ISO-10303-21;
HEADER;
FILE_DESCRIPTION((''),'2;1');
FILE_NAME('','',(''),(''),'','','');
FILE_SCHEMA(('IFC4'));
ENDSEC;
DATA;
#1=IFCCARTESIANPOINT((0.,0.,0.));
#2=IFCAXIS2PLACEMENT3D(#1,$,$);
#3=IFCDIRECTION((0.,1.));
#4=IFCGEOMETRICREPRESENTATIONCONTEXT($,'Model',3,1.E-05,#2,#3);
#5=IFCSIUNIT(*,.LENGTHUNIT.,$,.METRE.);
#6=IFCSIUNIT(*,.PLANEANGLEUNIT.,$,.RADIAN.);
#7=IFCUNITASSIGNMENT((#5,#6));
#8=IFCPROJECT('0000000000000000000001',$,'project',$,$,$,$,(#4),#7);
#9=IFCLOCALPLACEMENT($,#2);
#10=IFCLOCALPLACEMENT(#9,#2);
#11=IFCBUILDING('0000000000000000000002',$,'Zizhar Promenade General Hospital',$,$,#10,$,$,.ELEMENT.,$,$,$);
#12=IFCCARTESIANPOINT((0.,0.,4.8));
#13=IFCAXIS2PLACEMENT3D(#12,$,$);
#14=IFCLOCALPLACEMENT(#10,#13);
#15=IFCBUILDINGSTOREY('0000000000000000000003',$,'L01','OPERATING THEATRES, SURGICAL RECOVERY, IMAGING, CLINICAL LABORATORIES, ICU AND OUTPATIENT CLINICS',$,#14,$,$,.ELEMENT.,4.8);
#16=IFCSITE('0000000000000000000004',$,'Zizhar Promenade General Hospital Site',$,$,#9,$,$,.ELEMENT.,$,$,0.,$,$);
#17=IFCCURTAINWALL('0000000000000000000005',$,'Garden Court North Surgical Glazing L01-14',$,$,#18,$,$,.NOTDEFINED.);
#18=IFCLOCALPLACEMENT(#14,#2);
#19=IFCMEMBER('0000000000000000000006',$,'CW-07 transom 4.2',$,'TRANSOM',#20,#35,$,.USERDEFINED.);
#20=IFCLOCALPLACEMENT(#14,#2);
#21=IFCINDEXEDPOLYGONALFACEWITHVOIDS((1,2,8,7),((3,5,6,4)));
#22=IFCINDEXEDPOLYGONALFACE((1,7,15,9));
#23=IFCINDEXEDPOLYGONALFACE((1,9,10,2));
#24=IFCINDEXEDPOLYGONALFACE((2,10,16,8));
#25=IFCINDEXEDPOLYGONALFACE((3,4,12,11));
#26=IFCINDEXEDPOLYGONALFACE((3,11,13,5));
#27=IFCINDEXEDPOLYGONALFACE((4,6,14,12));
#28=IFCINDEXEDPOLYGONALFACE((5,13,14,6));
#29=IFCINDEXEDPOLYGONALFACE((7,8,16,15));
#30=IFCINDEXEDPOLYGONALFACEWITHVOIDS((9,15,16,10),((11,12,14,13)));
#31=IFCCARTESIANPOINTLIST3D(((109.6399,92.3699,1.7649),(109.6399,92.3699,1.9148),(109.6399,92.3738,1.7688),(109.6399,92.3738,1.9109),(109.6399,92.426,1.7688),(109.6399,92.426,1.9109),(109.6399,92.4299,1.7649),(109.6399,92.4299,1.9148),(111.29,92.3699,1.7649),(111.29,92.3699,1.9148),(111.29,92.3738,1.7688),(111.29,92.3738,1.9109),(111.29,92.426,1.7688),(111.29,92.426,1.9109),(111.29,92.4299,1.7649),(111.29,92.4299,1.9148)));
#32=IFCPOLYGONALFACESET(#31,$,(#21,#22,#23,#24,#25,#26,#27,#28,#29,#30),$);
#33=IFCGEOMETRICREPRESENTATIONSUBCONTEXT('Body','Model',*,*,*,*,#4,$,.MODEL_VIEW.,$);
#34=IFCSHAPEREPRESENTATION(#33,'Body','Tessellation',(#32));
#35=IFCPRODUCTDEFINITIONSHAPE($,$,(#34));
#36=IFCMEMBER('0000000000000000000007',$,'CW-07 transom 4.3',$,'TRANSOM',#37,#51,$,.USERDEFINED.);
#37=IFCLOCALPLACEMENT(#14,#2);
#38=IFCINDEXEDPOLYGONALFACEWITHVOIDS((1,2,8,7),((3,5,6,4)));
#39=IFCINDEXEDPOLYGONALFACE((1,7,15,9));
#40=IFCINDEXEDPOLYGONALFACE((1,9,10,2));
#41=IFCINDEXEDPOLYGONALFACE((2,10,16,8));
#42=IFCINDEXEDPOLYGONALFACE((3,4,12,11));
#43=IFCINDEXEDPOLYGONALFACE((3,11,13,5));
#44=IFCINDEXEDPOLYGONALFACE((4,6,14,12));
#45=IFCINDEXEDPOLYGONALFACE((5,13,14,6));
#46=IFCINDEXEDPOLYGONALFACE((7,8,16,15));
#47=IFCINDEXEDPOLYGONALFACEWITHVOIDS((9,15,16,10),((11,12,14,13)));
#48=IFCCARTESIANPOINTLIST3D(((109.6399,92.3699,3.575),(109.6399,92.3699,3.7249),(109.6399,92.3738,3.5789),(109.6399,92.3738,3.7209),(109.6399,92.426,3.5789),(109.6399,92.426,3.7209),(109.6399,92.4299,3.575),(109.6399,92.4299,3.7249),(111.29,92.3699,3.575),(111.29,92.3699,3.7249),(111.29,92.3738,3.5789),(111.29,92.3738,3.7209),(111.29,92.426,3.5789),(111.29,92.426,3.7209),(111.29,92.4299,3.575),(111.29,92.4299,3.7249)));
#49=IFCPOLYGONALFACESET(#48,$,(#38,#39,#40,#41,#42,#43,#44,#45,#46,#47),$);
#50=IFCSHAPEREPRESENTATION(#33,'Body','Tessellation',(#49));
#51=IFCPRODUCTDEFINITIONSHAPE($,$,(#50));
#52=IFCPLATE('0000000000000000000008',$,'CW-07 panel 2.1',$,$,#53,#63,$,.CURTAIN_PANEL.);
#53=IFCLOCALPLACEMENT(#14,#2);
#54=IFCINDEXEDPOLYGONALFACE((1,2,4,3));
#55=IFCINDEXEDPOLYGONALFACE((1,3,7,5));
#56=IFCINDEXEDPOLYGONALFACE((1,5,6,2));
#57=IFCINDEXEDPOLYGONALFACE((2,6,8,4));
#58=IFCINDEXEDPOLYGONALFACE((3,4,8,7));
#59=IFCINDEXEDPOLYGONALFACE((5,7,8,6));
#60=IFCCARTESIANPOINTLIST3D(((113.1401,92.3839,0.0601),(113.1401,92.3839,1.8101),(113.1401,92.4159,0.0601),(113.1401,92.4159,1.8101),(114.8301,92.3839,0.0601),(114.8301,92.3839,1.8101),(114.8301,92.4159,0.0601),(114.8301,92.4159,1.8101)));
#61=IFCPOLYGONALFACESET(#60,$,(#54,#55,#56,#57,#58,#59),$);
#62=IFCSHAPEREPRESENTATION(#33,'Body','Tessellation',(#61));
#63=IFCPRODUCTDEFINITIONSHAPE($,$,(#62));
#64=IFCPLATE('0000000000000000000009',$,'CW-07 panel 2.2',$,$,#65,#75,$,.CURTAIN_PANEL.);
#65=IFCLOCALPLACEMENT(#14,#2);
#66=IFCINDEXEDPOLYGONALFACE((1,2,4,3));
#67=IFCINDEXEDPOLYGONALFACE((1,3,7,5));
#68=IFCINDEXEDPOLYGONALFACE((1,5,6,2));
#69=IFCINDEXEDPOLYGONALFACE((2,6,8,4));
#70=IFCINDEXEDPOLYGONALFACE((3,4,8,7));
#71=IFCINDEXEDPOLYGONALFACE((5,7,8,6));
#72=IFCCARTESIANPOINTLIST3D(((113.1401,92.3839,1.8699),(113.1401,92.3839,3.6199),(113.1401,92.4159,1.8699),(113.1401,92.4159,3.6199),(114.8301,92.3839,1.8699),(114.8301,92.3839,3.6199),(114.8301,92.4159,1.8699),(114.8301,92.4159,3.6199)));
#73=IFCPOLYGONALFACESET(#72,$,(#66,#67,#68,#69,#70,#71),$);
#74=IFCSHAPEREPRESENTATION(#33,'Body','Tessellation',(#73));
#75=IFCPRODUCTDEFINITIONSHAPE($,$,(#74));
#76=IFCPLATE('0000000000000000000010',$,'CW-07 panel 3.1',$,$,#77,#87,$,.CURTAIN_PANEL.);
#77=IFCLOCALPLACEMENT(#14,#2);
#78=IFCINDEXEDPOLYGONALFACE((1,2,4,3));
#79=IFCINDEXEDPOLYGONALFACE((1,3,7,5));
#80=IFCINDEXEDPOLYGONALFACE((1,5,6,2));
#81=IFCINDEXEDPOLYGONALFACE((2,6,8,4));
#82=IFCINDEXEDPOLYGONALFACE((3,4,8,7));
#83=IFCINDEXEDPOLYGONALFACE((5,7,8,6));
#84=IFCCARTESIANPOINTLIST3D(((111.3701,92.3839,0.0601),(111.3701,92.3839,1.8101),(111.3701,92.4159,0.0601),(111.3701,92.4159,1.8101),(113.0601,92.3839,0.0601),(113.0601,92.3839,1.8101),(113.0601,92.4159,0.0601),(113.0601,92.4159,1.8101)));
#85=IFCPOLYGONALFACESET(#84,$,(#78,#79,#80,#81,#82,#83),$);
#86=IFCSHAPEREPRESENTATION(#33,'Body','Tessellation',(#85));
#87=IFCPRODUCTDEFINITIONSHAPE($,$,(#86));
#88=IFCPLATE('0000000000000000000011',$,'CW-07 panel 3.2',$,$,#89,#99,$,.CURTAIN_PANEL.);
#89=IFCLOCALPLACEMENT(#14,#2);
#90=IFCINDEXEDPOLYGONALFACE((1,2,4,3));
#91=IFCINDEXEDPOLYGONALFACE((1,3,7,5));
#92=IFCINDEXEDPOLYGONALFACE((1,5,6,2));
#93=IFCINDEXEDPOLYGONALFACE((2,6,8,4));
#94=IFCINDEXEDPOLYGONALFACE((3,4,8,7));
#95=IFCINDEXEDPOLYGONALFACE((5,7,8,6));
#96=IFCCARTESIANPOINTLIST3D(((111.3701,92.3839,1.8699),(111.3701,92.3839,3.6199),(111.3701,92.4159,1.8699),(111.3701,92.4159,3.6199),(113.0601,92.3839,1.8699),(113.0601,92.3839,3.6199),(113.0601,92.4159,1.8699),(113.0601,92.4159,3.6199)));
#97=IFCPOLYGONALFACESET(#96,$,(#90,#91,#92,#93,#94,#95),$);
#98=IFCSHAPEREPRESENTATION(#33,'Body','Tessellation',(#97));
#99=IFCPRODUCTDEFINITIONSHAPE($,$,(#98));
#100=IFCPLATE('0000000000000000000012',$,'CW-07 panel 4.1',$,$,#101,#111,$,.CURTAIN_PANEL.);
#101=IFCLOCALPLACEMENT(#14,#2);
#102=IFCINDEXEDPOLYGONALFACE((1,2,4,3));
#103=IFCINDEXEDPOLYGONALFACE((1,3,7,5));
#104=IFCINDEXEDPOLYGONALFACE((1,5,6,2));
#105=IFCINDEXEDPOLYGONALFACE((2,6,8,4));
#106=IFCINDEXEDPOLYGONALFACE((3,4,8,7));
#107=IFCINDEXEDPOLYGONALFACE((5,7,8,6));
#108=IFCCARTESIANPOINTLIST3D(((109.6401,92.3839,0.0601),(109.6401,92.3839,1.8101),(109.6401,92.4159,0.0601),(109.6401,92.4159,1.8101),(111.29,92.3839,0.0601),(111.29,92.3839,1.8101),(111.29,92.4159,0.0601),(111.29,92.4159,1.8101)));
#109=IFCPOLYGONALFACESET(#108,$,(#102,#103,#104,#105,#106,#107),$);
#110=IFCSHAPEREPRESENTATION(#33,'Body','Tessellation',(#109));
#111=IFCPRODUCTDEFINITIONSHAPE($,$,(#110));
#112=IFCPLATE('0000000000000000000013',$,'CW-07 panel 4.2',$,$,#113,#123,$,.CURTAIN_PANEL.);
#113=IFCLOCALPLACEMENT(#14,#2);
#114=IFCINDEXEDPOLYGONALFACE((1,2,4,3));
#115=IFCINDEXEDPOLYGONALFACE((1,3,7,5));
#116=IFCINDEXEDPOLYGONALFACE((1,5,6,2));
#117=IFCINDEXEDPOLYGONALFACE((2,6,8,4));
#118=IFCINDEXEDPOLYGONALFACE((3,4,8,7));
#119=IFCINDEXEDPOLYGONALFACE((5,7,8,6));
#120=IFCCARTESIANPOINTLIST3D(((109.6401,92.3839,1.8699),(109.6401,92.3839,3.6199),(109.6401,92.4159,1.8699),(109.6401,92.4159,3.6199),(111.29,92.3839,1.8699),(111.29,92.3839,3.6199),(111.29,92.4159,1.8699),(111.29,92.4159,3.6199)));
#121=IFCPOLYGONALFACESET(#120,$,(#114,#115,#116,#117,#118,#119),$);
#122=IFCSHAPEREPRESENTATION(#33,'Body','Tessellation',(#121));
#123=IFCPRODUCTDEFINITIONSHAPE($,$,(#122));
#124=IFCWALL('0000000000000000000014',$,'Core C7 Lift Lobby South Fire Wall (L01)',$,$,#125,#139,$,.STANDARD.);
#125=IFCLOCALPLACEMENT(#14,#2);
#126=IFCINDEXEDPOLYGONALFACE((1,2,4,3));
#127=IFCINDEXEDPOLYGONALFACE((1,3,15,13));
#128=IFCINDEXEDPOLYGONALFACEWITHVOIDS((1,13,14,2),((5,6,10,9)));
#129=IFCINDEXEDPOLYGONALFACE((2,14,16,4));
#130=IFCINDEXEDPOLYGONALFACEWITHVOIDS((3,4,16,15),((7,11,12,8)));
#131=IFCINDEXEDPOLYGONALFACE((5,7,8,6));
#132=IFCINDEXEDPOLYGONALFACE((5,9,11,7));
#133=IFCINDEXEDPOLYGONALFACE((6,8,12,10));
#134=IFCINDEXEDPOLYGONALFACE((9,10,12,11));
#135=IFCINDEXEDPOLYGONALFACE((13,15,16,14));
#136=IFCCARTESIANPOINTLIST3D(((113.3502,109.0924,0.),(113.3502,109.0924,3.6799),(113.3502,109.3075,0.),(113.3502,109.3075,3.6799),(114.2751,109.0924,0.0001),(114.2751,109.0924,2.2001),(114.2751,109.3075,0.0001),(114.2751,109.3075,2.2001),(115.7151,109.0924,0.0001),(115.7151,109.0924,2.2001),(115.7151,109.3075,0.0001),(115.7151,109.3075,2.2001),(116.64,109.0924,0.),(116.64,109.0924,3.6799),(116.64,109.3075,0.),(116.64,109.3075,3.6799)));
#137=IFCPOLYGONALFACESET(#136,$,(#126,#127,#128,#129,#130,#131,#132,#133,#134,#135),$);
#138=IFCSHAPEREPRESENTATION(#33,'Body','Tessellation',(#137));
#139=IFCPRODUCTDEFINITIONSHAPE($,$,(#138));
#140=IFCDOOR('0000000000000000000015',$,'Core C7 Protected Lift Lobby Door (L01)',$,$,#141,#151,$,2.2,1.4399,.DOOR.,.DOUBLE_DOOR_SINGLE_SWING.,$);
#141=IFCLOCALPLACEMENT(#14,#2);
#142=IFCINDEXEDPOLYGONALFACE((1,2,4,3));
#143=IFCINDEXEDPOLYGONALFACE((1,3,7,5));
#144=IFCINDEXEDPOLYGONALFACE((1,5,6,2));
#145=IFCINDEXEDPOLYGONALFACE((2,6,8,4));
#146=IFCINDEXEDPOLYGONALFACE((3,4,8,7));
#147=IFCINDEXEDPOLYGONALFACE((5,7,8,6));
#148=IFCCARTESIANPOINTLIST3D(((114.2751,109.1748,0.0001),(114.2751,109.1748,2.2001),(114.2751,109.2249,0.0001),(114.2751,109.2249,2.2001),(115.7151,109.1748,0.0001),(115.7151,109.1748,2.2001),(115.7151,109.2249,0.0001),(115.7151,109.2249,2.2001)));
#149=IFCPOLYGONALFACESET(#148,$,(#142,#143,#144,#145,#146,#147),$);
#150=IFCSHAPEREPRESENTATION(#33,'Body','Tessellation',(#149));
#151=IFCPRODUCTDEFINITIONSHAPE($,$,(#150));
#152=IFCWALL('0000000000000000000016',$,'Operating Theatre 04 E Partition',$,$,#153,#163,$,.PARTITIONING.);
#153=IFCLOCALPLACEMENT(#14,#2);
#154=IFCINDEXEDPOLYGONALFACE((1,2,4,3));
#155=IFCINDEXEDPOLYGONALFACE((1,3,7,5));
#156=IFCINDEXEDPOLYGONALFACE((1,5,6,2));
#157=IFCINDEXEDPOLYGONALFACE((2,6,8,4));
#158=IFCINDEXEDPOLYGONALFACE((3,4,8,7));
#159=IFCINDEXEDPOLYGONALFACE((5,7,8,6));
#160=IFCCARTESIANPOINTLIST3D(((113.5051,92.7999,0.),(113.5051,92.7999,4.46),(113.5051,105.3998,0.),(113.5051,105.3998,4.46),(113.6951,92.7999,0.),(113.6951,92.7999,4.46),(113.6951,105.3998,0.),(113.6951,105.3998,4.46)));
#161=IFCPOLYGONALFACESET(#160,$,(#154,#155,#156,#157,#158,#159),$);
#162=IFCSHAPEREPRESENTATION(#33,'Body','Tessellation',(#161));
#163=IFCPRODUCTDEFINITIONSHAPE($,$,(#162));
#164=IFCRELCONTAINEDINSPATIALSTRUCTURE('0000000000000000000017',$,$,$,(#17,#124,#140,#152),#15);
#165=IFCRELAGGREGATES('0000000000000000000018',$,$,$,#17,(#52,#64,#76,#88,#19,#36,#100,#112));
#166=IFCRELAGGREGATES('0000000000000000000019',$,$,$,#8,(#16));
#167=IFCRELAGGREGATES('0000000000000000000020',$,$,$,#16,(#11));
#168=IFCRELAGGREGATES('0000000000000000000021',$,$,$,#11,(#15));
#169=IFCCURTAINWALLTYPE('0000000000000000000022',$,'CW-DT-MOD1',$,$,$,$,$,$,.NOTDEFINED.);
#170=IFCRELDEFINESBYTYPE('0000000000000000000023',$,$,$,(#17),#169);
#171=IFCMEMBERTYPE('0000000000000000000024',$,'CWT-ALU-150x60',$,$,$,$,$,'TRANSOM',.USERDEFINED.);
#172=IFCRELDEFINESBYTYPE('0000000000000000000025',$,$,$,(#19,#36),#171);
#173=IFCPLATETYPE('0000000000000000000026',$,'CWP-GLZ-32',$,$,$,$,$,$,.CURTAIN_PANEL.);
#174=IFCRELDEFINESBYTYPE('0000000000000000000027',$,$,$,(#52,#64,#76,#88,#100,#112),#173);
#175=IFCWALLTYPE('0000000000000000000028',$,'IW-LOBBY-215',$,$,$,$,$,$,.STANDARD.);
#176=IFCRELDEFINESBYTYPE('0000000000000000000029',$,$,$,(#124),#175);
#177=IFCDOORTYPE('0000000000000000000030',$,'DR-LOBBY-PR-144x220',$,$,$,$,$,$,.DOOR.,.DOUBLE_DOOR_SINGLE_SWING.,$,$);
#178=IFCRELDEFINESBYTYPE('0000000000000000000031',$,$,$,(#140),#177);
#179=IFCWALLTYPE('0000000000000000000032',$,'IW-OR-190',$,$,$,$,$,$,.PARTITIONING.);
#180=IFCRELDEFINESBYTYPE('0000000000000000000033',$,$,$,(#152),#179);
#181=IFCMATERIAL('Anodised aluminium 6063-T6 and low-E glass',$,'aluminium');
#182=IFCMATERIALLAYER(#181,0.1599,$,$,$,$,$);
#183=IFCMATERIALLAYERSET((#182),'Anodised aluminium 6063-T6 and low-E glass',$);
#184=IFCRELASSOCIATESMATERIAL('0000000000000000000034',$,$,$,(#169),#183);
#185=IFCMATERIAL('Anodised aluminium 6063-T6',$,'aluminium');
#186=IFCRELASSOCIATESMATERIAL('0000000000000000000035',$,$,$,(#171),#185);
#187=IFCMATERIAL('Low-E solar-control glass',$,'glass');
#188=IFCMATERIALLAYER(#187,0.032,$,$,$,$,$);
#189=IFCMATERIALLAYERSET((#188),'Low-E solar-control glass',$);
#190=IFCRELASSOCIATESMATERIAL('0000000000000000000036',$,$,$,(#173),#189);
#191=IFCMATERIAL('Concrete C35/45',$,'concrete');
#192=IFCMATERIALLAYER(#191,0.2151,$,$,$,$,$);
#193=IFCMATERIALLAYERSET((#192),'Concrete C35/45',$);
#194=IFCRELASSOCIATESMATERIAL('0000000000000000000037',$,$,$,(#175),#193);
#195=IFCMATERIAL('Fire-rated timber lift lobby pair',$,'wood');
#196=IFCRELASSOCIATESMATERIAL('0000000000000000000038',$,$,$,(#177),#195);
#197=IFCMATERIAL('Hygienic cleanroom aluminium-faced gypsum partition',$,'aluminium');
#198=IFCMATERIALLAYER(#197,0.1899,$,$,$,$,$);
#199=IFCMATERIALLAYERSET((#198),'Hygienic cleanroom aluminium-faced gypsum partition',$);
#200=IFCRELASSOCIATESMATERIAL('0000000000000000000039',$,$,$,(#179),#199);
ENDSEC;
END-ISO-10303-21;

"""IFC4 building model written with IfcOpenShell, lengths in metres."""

from ifc_helpers import new_model, si_unit, direction, frame, frame_2d, origin, origin_2d, place, context, subcontext, project, spatial, rectangle, hollow_rectangle, extrude, material, layer, layer_set, material_profile, profile_set, type_object, element, fill, aggregate, save


model = new_model("IFC4")

# Units and contexts
model_context = context("Model", 3, precision=1e-05, world=origin(), true_north=direction((0.0, 1.0)))
body_context = subcontext(model_context, "Body", "Model", "MODEL_VIEW")
ifc_project = project(units=[si_unit("LENGTHUNIT", "METRE"), si_unit("PLANEANGLEUNIT", "RADIAN")], contexts=[model_context])

# Site, building, storey
site_placement = place(None, origin())
site = spatial("IfcSite", under=ifc_project, at=site_placement, Name="Zizhar Promenade General Hospital Site", CompositionType="ELEMENT", RefElevation=0.0)
building_placement = place(site_placement, origin())
building = spatial("IfcBuilding", under=site, at=building_placement, Name="Zizhar Promenade General Hospital", CompositionType="ELEMENT")
storey_placement = place(building_placement, frame((0.0, 0.0, 4.8)))
storey = spatial("IfcBuildingStorey", under=building, at=storey_placement, Name="L01", Description="OPERATING THEATRES, SURGICAL RECOVERY, IMAGING, CLINICAL LABORATORIES, ICU AND OUTPATIENT CLINICS", CompositionType="ELEMENT", Elevation=4.8)

# Curtain wall, members, plates
ifc_material_1 = material(Name="Anodised aluminium 6063-T6 and low-E glass", Category="aluminium")
ifc_layer_1 = layer(ifc_material_1, 0.1599)
ifc_layer_set_1 = layer_set([ifc_layer_1], Name="Anodised aluminium 6063-T6 and low-E glass")
curtain_wall_type = type_object("IfcCurtainWallType", Name="CW-DT-MOD1", PredefinedType="NOTDEFINED", material=ifc_layer_set_1)
curtain_wall_placement = place(storey_placement, origin())
curtain_wall = element("IfcCurtainWall", 1, at=curtain_wall_placement, inside=storey, type_object=curtain_wall_type, Name="Garden Court North Surgical Glazing L01-14", PredefinedType="NOTDEFINED")
ifc_material_2 = material(Name="Anodised aluminium 6063-T6", Category="aluminium")
ifc_material_profile_1 = material_profile(ifc_material_2, hollow_rectangle(XDim=0.0601, YDim=0.1499, WallThickness=0.0039, at=origin_2d()))
ifc_profile_set_1 = profile_set([ifc_material_profile_1], Name="Anodised aluminium 6063-T6")
member_type_1 = type_object("IfcMemberType", Name="CWT-ALU-150x60", ElementType="TRANSOM", PredefinedType="USERDEFINED", material=ifc_profile_set_1)
member_1_placement = place(storey_placement, frame((111.29, 92.3999, 1.8398), z_axis=(-1.0, 0.0, 0.0), x_axis=(0.0, -1.0, 0.0)))
member_1 = element("IfcMember", 2, at=member_1_placement, type_object=member_type_1, Name="CW-07 transom 4.2", ObjectType="TRANSOM", PredefinedType="USERDEFINED", context=body_context, shape_type="SweptSolid", body=[
    extrude(hollow_rectangle(XDim=0.0601, YDim=0.1499, WallThickness=0.0039, at=origin_2d()), origin(), (0.0, 0.0, 1.0), 1.6501),
])
member_2_placement = place(storey_placement, frame((111.29, 92.3999, 3.6499), z_axis=(-1.0, 0.0, 0.0), x_axis=(0.0, -1.0, 0.0)))
member_2 = element("IfcMember", 3, at=member_2_placement, type_object=member_type_1, Name="CW-07 transom 4.3", ObjectType="TRANSOM", PredefinedType="USERDEFINED", context=body_context, shape_type="SweptSolid", body=[
    extrude(hollow_rectangle(XDim=0.0601, YDim=0.1499, WallThickness=0.0039, at=origin_2d()), origin(), (0.0, 0.0, 1.0), 1.6501),
])
ifc_material_3 = material(Name="Low-E solar-control glass", Category="glass")
ifc_layer_2 = layer(ifc_material_3, 0.032)
ifc_layer_set_2 = layer_set([ifc_layer_2], Name="Low-E solar-control glass")
plate_type = type_object("IfcPlateType", Name="CWP-GLZ-32", PredefinedType="CURTAIN_PANEL", material=ifc_layer_set_2)
plate_1_placement = place(storey_placement, frame((113.9851, 92.3999, 0.0601), z_axis=(0.0, 0.0, 1.0), x_axis=(-1.0, 0.0, 0.0)))
plate_1 = element("IfcPlate", 4, at=plate_1_placement, type_object=plate_type, Name="CW-07 panel 2.1", PredefinedType="CURTAIN_PANEL", context=body_context, shape_type="SweptSolid", body=[
    extrude(rectangle(XDim=1.6899, YDim=0.032, at=origin_2d()), origin(), (0.0, 0.0, 1.0), 1.75),
])
plate_2_placement = place(storey_placement, frame((113.9851, 92.3999, 1.8699), z_axis=(0.0, 0.0, 1.0), x_axis=(-1.0, 0.0, 0.0)))
plate_2 = element("IfcPlate", 5, at=plate_2_placement, type_object=plate_type, Name="CW-07 panel 2.2", PredefinedType="CURTAIN_PANEL", context=body_context, shape_type="SweptSolid", body=[
    extrude(rectangle(XDim=1.6899, YDim=0.032, at=origin_2d()), origin(), (0.0, 0.0, 1.0), 1.75),
])
plate_3_placement = place(storey_placement, frame((112.2151, 92.3999, 0.0601), z_axis=(0.0, 0.0, 1.0), x_axis=(-1.0, 0.0, 0.0)))
plate_3 = element("IfcPlate", 6, at=plate_3_placement, type_object=plate_type, Name="CW-07 panel 3.1", PredefinedType="CURTAIN_PANEL", context=body_context, shape_type="SweptSolid", body=[
    extrude(rectangle(XDim=1.6899, YDim=0.032, at=origin_2d()), origin(), (0.0, 0.0, 1.0), 1.75),
])
plate_4_placement = place(storey_placement, frame((112.2151, 92.3999, 1.8699), z_axis=(0.0, 0.0, 1.0), x_axis=(-1.0, 0.0, 0.0)))
plate_4 = element("IfcPlate", 7, at=plate_4_placement, type_object=plate_type, Name="CW-07 panel 3.2", PredefinedType="CURTAIN_PANEL", context=body_context, shape_type="SweptSolid", body=[
    extrude(rectangle(XDim=1.6899, YDim=0.032, at=origin_2d()), origin(), (0.0, 0.0, 1.0), 1.75),
])
plate_5_placement = place(storey_placement, frame((110.4651, 92.3999, 0.0601), z_axis=(0.0, 0.0, 1.0), x_axis=(-1.0, 0.0, 0.0)))
plate_5 = element("IfcPlate", 8, at=plate_5_placement, type_object=plate_type, Name="CW-07 panel 4.1", PredefinedType="CURTAIN_PANEL", context=body_context, shape_type="SweptSolid", body=[
    extrude(rectangle(XDim=1.6499, YDim=0.032, at=origin_2d()), origin(), (0.0, 0.0, 1.0), 1.75),
])
plate_6_placement = place(storey_placement, frame((110.4651, 92.3999, 1.8699), z_axis=(0.0, 0.0, 1.0), x_axis=(-1.0, 0.0, 0.0)))
plate_6 = element("IfcPlate", 9, at=plate_6_placement, type_object=plate_type, Name="CW-07 panel 4.2", PredefinedType="CURTAIN_PANEL", context=body_context, shape_type="SweptSolid", body=[
    extrude(rectangle(XDim=1.6499, YDim=0.032, at=origin_2d()), origin(), (0.0, 0.0, 1.0), 1.75),
])
aggregate(curtain_wall, [plate_1, plate_2, plate_3, plate_4, member_1, member_2, plate_5, plate_6])

# Wall, opening, door
ifc_material_4 = material(Name="Concrete C35/45", Category="concrete")
ifc_layer_3 = layer(ifc_material_4, 0.2151)
ifc_layer_set_3 = layer_set([ifc_layer_3], Name="Concrete C35/45")
wall_type_1 = type_object("IfcWallType", Name="IW-LOBBY-215", PredefinedType="STANDARD", material=ifc_layer_set_3)
wall_1_placement = place(storey_placement, frame((113.3501, 109.2, 0.0), z_axis=(0.0, 0.0, 1.0), x_axis=(1.0, 0.0, 0.0)))
wall_1 = element("IfcWall", 10, at=wall_1_placement, inside=storey, type_object=wall_type_1, Name="Core C7 Lift Lobby South Fire Wall (L01)", PredefinedType="STANDARD", context=body_context, shape_type="SweptSolid", body=[
    extrude(rectangle(XDim=3.2898, YDim=0.2151, at=frame_2d((1.645, 0.0))), origin(), (0.0, 0.0, 1.0), 3.6799),
])
opening_1_placement = place(wall_1_placement, frame((0.925, 0.0, 0.0)))
opening_1 = element("IfcOpeningElement", 11, at=opening_1_placement, cuts=wall_1, PredefinedType="OPENING", context=body_context, shape_type="SweptSolid", body=[
    extrude(rectangle(XDim=1.4399, YDim=2.2, at=frame_2d((0.72, 1.1001))), frame((0.0, 0.1177, 0.0), z_axis=(0.0, -1.0, 0.0), x_axis=(1.0, 0.0, 0.0)), (0.0, 0.0, 1.0), 0.2351),
])
ifc_material_5 = material(Name="Fire-rated timber lift lobby pair", Category="wood")
door_type_1 = type_object("IfcDoorType", Name="DR-LOBBY-PR-144x220", OperationType="DOUBLE_DOOR_SINGLE_SWING", PredefinedType="DOOR", material=ifc_material_5)
door_1_placement = place(opening_1_placement, origin())
door_1 = element("IfcDoor", 12, at=door_1_placement, inside=storey, type_object=door_type_1, Name="Core C7 Protected Lift Lobby Door (L01)", OperationType="DOUBLE_DOOR_SINGLE_SWING", OverallHeight=2.2, OverallWidth=1.4399, PredefinedType="DOOR", context=body_context, shape_type="SweptSolid", body=[
    extrude(rectangle(XDim=1.4399, YDim=2.2, at=frame_2d((0.72, 1.1001))), frame((0.0, 0.0249, 0.0), z_axis=(0.0, -1.0, 0.0), x_axis=(1.0, 0.0, 0.0)), (0.0, 0.0, 1.0), 0.05),
])
fill(opening_1, door_1)

# Wall
ifc_material_6 = material(Name="Hygienic cleanroom aluminium-faced gypsum partition", Category="aluminium")
ifc_layer_4 = layer(ifc_material_6, 0.1899)
ifc_layer_set_4 = layer_set([ifc_layer_4], Name="Hygienic cleanroom aluminium-faced gypsum partition")
wall_type_2 = type_object("IfcWallType", Name="IW-OR-190", PredefinedType="PARTITIONING", material=ifc_layer_set_4)
wall_2_placement = place(storey_placement, frame((113.6001, 92.8, 0.0), z_axis=(0.0, 0.0, 1.0), x_axis=(0.0, 1.0, 0.0)))
element("IfcWall", 13, at=wall_2_placement, inside=storey, type_object=wall_type_2, Name="Operating Theatre 04 E Partition", PredefinedType="PARTITIONING", context=body_context, shape_type="SweptSolid", body=[
    extrude(rectangle(XDim=12.5999, YDim=0.1899, at=frame_2d((6.2998, 0.0))), origin(), (0.0, 0.0, 1.0), 4.46),
])

save(model, "model.ifc")
